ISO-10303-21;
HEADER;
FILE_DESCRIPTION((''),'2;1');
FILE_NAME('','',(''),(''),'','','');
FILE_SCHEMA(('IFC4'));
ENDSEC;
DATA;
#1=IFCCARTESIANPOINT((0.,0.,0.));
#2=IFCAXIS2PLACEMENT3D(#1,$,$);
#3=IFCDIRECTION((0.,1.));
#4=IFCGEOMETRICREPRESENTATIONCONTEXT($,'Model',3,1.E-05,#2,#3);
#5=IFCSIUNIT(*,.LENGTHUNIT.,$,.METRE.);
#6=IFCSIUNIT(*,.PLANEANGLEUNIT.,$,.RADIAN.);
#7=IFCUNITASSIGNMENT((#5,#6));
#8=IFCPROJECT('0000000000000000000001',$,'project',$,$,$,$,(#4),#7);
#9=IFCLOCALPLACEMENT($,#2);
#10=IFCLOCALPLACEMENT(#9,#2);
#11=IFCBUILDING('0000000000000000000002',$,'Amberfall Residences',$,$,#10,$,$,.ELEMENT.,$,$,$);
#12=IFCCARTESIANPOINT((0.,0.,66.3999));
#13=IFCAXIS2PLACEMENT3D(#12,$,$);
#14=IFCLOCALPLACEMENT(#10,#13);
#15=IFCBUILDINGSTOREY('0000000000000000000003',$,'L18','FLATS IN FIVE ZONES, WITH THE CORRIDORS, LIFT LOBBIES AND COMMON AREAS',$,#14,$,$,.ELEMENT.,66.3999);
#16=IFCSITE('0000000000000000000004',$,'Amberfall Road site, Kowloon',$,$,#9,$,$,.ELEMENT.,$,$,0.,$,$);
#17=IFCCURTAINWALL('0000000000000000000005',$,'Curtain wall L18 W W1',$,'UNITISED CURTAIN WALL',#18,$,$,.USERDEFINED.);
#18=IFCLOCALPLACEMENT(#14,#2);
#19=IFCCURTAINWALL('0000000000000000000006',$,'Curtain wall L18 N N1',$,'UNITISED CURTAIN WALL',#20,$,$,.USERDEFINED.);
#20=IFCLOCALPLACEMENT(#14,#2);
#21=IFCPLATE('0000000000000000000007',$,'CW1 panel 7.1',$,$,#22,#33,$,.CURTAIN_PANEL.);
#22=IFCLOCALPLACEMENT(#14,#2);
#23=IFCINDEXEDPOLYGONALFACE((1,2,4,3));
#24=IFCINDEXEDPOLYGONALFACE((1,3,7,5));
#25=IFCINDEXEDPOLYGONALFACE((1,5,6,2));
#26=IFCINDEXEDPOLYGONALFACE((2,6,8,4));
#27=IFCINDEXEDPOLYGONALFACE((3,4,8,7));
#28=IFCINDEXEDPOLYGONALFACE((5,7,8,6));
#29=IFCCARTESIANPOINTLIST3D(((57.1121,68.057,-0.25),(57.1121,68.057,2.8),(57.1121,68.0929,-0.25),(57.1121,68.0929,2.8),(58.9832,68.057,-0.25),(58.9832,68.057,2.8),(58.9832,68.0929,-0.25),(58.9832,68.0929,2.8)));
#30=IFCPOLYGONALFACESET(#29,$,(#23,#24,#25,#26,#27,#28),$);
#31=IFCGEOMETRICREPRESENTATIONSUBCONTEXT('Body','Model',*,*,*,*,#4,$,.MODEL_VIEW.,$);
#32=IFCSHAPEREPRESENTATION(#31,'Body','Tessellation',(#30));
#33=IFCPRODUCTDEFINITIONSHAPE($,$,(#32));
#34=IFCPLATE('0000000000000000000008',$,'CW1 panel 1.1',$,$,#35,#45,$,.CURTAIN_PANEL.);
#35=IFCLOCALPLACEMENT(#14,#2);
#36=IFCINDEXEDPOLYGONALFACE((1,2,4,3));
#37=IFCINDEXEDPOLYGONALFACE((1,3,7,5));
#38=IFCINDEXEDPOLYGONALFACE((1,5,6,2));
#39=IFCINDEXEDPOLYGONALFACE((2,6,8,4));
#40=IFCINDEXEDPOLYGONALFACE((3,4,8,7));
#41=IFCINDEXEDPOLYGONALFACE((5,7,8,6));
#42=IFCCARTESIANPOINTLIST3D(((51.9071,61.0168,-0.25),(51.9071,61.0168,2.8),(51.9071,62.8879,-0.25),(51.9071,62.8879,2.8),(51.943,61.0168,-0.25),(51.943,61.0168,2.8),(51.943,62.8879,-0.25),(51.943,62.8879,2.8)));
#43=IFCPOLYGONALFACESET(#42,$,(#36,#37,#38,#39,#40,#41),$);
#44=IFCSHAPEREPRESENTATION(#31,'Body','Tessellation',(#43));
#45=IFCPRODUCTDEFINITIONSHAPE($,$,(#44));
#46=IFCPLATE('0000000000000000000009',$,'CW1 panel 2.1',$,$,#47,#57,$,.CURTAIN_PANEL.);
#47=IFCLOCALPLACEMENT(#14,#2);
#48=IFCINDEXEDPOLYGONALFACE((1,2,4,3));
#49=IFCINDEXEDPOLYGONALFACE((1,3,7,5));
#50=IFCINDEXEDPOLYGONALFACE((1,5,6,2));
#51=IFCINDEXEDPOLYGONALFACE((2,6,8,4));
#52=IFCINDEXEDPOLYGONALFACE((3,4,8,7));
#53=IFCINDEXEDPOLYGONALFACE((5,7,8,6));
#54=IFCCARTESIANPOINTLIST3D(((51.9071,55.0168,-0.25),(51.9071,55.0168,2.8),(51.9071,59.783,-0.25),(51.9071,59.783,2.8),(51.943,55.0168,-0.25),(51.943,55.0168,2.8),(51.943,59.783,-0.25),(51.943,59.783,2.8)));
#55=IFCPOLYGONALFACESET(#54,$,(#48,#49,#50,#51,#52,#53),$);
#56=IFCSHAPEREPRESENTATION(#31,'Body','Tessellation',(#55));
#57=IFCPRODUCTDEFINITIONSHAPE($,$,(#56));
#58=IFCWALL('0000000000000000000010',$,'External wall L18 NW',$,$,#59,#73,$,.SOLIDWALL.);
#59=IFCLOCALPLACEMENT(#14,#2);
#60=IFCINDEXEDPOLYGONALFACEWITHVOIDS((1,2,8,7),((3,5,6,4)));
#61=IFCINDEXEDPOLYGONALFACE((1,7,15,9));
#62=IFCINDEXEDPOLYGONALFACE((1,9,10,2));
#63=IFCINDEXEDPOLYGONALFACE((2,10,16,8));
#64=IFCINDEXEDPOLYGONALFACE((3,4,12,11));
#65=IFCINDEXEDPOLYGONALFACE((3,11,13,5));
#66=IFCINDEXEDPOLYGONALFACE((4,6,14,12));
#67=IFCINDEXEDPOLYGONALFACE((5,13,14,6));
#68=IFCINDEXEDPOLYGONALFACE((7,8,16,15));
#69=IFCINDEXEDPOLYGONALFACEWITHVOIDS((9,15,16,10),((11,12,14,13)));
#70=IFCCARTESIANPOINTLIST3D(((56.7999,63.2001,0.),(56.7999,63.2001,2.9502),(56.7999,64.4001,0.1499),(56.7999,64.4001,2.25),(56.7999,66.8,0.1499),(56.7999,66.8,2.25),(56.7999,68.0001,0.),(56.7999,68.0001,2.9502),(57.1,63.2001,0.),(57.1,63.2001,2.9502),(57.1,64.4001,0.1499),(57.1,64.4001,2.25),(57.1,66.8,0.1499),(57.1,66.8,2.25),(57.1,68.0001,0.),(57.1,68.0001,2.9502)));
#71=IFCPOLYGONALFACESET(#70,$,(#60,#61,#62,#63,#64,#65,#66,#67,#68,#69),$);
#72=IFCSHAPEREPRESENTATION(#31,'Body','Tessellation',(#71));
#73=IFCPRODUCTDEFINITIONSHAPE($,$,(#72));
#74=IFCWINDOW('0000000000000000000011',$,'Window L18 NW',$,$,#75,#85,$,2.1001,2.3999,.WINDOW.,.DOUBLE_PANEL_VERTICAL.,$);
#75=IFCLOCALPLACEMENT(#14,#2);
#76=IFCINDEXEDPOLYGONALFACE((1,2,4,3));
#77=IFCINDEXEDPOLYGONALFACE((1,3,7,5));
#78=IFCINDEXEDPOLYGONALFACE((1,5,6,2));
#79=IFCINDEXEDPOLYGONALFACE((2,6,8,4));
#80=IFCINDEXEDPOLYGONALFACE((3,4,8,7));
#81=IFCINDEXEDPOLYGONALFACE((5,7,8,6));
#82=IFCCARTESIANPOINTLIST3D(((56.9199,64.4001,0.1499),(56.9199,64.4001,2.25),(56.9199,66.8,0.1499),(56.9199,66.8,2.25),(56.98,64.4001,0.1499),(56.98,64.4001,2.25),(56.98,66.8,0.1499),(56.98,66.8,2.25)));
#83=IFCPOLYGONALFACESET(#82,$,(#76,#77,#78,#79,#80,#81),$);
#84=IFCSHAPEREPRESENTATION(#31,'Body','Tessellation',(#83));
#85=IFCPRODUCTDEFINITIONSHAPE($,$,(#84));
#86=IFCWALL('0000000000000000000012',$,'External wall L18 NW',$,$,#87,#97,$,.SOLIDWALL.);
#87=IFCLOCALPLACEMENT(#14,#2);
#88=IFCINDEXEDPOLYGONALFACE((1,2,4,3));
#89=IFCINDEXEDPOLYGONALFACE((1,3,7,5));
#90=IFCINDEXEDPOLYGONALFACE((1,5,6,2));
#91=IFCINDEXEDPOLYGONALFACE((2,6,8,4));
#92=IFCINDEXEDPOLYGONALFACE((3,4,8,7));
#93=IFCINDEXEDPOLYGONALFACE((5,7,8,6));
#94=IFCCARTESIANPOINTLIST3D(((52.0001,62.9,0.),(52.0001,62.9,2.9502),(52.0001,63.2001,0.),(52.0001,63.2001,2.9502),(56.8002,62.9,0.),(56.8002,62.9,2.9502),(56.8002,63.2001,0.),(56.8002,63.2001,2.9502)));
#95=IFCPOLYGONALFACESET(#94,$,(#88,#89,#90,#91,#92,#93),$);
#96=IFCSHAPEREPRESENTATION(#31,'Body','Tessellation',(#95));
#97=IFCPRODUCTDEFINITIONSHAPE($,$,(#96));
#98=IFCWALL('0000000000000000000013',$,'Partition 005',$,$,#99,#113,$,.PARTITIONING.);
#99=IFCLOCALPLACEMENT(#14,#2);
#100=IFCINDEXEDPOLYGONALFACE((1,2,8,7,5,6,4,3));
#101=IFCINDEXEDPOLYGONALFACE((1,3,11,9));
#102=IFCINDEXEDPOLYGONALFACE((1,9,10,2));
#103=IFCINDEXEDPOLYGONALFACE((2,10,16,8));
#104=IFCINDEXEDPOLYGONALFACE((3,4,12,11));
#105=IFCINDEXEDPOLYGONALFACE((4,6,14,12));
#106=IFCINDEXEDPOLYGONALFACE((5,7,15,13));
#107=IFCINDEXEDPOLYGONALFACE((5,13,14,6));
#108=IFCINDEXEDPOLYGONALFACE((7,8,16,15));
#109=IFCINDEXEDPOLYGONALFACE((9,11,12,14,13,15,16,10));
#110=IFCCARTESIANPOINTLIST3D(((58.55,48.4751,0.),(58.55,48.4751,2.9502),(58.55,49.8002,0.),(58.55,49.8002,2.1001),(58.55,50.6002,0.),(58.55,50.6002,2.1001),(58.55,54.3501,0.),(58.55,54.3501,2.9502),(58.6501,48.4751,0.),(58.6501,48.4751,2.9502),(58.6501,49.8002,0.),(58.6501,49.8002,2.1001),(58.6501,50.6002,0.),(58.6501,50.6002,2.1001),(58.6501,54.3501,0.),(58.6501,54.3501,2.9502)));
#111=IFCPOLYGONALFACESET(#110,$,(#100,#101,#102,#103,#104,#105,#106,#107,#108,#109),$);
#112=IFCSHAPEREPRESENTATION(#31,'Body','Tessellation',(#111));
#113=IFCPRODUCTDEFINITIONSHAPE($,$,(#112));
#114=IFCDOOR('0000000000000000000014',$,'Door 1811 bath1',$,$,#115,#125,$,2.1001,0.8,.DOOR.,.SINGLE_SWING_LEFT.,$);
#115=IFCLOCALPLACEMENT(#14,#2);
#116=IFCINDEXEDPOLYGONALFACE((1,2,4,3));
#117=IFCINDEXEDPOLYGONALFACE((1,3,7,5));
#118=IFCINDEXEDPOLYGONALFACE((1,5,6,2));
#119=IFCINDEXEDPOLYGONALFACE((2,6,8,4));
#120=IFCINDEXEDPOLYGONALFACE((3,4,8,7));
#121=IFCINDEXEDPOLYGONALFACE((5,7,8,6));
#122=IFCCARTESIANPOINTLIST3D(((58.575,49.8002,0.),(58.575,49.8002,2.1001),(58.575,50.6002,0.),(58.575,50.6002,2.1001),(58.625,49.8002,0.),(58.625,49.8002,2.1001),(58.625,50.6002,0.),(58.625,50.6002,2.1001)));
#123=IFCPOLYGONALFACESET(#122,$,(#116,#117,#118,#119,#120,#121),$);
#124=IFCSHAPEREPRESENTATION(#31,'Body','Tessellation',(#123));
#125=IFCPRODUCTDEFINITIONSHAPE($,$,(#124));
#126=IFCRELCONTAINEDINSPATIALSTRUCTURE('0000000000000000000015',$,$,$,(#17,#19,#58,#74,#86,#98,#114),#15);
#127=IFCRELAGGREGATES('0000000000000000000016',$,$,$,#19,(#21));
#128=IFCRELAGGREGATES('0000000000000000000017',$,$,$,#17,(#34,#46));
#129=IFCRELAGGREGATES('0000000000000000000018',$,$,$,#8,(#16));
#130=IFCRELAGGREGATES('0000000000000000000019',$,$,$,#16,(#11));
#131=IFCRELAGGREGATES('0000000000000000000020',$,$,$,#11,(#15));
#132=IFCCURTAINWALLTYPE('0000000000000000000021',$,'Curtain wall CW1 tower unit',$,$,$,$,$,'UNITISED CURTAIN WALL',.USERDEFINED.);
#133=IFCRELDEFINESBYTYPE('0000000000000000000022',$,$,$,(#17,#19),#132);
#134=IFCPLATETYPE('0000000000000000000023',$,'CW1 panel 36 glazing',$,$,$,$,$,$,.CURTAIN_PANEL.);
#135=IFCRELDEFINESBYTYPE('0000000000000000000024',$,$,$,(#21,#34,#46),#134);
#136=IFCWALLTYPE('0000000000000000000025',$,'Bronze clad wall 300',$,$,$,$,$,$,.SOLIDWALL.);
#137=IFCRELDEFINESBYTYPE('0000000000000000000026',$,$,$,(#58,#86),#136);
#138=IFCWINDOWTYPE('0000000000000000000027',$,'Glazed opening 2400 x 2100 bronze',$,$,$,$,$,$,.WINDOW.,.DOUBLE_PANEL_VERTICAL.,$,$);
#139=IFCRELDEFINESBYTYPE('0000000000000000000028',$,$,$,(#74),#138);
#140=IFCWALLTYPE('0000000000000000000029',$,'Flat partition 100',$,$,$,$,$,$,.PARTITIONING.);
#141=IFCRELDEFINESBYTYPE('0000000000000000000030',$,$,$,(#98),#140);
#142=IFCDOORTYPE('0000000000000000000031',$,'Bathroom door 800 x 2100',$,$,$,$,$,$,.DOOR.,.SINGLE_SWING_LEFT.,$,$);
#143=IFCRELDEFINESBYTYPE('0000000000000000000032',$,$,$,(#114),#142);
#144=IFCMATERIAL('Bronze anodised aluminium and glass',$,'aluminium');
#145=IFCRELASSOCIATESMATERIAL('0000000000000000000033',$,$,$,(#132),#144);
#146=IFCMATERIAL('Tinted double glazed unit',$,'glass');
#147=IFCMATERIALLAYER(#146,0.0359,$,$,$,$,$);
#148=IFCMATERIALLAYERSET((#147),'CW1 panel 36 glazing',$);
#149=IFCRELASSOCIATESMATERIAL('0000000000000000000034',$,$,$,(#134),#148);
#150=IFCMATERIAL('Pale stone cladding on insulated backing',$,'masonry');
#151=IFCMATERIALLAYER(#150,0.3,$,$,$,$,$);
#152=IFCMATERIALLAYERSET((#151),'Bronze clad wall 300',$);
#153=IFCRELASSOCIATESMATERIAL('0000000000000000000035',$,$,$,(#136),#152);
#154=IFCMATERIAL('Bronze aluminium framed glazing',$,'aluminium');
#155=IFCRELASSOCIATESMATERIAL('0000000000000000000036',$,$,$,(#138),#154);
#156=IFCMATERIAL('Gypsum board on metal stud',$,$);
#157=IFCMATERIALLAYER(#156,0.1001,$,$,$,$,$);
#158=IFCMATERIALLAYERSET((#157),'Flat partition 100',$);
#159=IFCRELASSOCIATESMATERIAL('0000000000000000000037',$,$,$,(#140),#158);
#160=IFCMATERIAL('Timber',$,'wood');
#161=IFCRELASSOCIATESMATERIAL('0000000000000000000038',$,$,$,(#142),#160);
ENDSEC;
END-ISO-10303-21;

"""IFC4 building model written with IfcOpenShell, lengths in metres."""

from ifc_helpers import new_model, si_unit, direction, frame, frame_2d, origin, origin_2d, place, context, subcontext, project, spatial, rectangle, extrude, material, layer, layer_set, type_object, element, fill, aggregate, save


model = new_model("IFC4")

# Units and contexts
model_context = context("Model", 3, precision=1e-05, world=origin(), true_north=direction((0.0, 1.0)))
body_context = subcontext(model_context, "Body", "Model", "MODEL_VIEW")
ifc_project = project(units=[si_unit("LENGTHUNIT", "METRE"), si_unit("PLANEANGLEUNIT", "RADIAN")], contexts=[model_context])

# Site, building, storey
site_placement = place(None, origin())
site = spatial("IfcSite", under=ifc_project, at=site_placement, Name="Amberfall Road site, Kowloon", CompositionType="ELEMENT", RefElevation=0.0)
building_placement = place(site_placement, origin())
building = spatial("IfcBuilding", under=site, at=building_placement, Name="Amberfall Residences", CompositionType="ELEMENT")
storey_placement = place(building_placement, frame((0.0, 0.0, 66.3999)))
storey = spatial("IfcBuildingStorey", under=building, at=storey_placement, Name="L18", Description="FLATS IN FIVE ZONES, WITH THE CORRIDORS, LIFT LOBBIES AND COMMON AREAS", CompositionType="ELEMENT", Elevation=66.3999)

# Curtain wall
ifc_material_1 = material(Name="Bronze anodised aluminium and glass", Category="aluminium")
curtain_wall_type = type_object("IfcCurtainWallType", Name="Curtain wall CW1 tower unit", ElementType="UNITISED CURTAIN WALL", PredefinedType="USERDEFINED", material=ifc_material_1)
curtain_wall_1_placement = place(storey_placement, origin())
curtain_wall_1 = element("IfcCurtainWall", 1, at=curtain_wall_1_placement, inside=storey, type_object=curtain_wall_type, Name="Curtain wall L18 W W1", ObjectType="UNITISED CURTAIN WALL", PredefinedType="USERDEFINED")

# Curtain wall
curtain_wall_2_placement = place(storey_placement, origin())
curtain_wall_2 = element("IfcCurtainWall", 2, at=curtain_wall_2_placement, inside=storey, type_object=curtain_wall_type, Name="Curtain wall L18 N N1", ObjectType="UNITISED CURTAIN WALL", PredefinedType="USERDEFINED")

# Plates
ifc_material_2 = material(Name="Tinted double glazed unit", Category="glass")
ifc_layer_1 = layer(ifc_material_2, 0.0359)
ifc_layer_set_1 = layer_set([ifc_layer_1], Name="CW1 panel 36 glazing")
plate_type = type_object("IfcPlateType", Name="CW1 panel 36 glazing", PredefinedType="CURTAIN_PANEL", material=ifc_layer_set_1)
plate_1_placement = place(storey_placement, frame((58.0476, 68.075, -0.25), z_axis=(0.0, 0.0, 1.0), x_axis=(-1.0, 0.0, 0.0)))
plate_1 = element("IfcPlate", 3, at=plate_1_placement, type_object=plate_type, Name="CW1 panel 7.1", PredefinedType="CURTAIN_PANEL", context=body_context, shape_type="SweptSolid", body=[
    extrude(rectangle(XDim=1.8711, YDim=0.0359, at=origin_2d()), origin(), (0.0, 0.0, 1.0), 3.05),
])
aggregate(curtain_wall_2, [plate_1])
plate_2_placement = place(storey_placement, frame((51.925, 61.9524, -0.25), z_axis=(0.0, 0.0, 1.0), x_axis=(0.0, -1.0, 0.0)))
plate_2 = element("IfcPlate", 4, at=plate_2_placement, type_object=plate_type, Name="CW1 panel 1.1", PredefinedType="CURTAIN_PANEL", context=body_context, shape_type="SweptSolid", body=[
    extrude(rectangle(XDim=1.8711, YDim=0.0359, at=origin_2d()), origin(), (0.0, 0.0, 1.0), 3.05),
])
plate_3_placement = place(storey_placement, frame((51.925, 57.3999, -0.25), z_axis=(0.0, 0.0, 1.0), x_axis=(0.0, -1.0, 0.0)))
plate_3 = element("IfcPlate", 5, at=plate_3_placement, type_object=plate_type, Name="CW1 panel 2.1", PredefinedType="CURTAIN_PANEL", context=body_context, shape_type="SweptSolid", body=[
    extrude(rectangle(XDim=4.7661, YDim=0.0359, at=origin_2d()), origin(), (0.0, 0.0, 1.0), 3.05),
])
aggregate(curtain_wall_1, [plate_2, plate_3])

# Wall, opening, window
ifc_material_3 = material(Name="Pale stone cladding on insulated backing", Category="masonry")
ifc_layer_2 = layer(ifc_material_3, 0.3)
ifc_layer_set_2 = layer_set([ifc_layer_2], Name="Bronze clad wall 300")
wall_type_1 = type_object("IfcWallType", Name="Bronze clad wall 300", PredefinedType="SOLIDWALL", material=ifc_layer_set_2)
wall_1_placement = place(storey_placement, frame((56.95, 68.0, 0.0), z_axis=(0.0, 0.0, 1.0), x_axis=(0.0, -1.0, 0.0)))
wall_1 = element("IfcWall", 6, at=wall_1_placement, inside=storey, type_object=wall_type_1, Name="External wall L18 NW", PredefinedType="SOLIDWALL", context=body_context, shape_type="SweptSolid", body=[
    extrude(rectangle(XDim=4.8, YDim=0.3, at=frame_2d((2.3999, 0.0))), origin(), (0.0, 0.0, 1.0), 2.9502),
])
opening_1_placement = place(wall_1_placement, frame((1.2, 0.0, 0.1499)))
opening_1 = element("IfcOpeningElement", 7, at=opening_1_placement, cuts=wall_1, PredefinedType="OPENING", context=body_context, shape_type="SweptSolid", body=[
    extrude(rectangle(XDim=2.3999, YDim=2.1001, at=frame_2d((1.2, 1.05))), frame((0.0, 0.1599, 0.0), z_axis=(0.0, -1.0, 0.0), x_axis=(1.0, 0.0, 0.0)), (0.0, 0.0, 1.0), 0.3201),
])
ifc_material_4 = material(Name="Bronze aluminium framed glazing", Category="aluminium")
window_type = type_object("IfcWindowType", Name="Glazed opening 2400 x 2100 bronze", PartitioningType="DOUBLE_PANEL_VERTICAL", PredefinedType="WINDOW", material=ifc_material_4)
window_placement = place(opening_1_placement, origin())
window = element("IfcWindow", 8, at=window_placement, inside=storey, type_object=window_type, Name="Window L18 NW", OverallHeight=2.1001, OverallWidth=2.3999, PartitioningType="DOUBLE_PANEL_VERTICAL", PredefinedType="WINDOW", context=body_context, shape_type="SweptSolid", body=[
    extrude(rectangle(XDim=2.3999, YDim=2.1001, at=frame_2d((1.2, 1.05))), frame((0.0, 0.03, 0.0), z_axis=(0.0, -1.0, 0.0), x_axis=(1.0, 0.0, 0.0)), (0.0, 0.0, 1.0), 0.0601),
])
fill(opening_1, window)

# Wall
wall_2_placement = place(storey_placement, frame((56.8, 63.05, 0.0), z_axis=(0.0, 0.0, 1.0), x_axis=(-1.0, 0.0, 0.0)))
element("IfcWall", 9, at=wall_2_placement, inside=storey, type_object=wall_type_1, Name="External wall L18 NW", PredefinedType="SOLIDWALL", context=body_context, shape_type="SweptSolid", body=[
    extrude(rectangle(XDim=4.8, YDim=0.3, at=frame_2d((2.3999, 0.0))), origin(), (0.0, 0.0, 1.0), 2.9502),
])

# Wall, opening, door
ifc_material_5 = material(Name="Gypsum board on metal stud")
ifc_layer_3 = layer(ifc_material_5, 0.1001)
ifc_layer_set_3 = layer_set([ifc_layer_3], Name="Flat partition 100")
wall_type_2 = type_object("IfcWallType", Name="Flat partition 100", PredefinedType="PARTITIONING", material=ifc_layer_set_3)
wall_3_placement = place(storey_placement, frame((58.6001, 54.3501, 0.0), z_axis=(0.0, 0.0, 1.0), x_axis=(0.0, -1.0, 0.0)))
wall_3 = element("IfcWall", 10, at=wall_3_placement, inside=storey, type_object=wall_type_2, Name="Partition 005", PredefinedType="PARTITIONING", context=body_context, shape_type="SweptSolid", body=[
    extrude(rectangle(XDim=5.875, YDim=0.1001, at=frame_2d((2.9375, 0.0))), origin(), (0.0, 0.0, 1.0), 2.9502),
])
opening_2_placement = place(wall_3_placement, frame((3.75, 0.0, 0.0)))
opening_2 = element("IfcOpeningElement", 11, at=opening_2_placement, cuts=wall_3, PredefinedType="OPENING", context=body_context, shape_type="SweptSolid", body=[
    extrude(rectangle(XDim=0.8, YDim=2.1001, at=frame_2d((0.3999, 1.05))), frame((0.0, 0.0601, 0.0), z_axis=(0.0, -1.0, 0.0), x_axis=(1.0, 0.0, 0.0)), (0.0, 0.0, 1.0), 0.1201),
])
ifc_material_6 = material(Name="Timber", Category="wood")
door_type = type_object("IfcDoorType", Name="Bathroom door 800 x 2100", OperationType="SINGLE_SWING_LEFT", PredefinedType="DOOR", material=ifc_material_6)
door_placement = place(opening_2_placement, origin())
door = element("IfcDoor", 12, at=door_placement, inside=storey, type_object=door_type, Name="Door 1811 bath1", OperationType="SINGLE_SWING_LEFT", OverallHeight=2.1001, OverallWidth=0.8, PredefinedType="DOOR", context=body_context, shape_type="SweptSolid", body=[
    extrude(rectangle(XDim=0.8, YDim=2.1001, at=frame_2d((0.3999, 1.05))), frame((0.0, 0.0249, 0.0), z_axis=(0.0, -1.0, 0.0), x_axis=(1.0, 0.0, 0.0)), (0.0, 0.0, 1.0), 0.05),
])
fill(opening_2, door)

save(model, "model.ifc")
